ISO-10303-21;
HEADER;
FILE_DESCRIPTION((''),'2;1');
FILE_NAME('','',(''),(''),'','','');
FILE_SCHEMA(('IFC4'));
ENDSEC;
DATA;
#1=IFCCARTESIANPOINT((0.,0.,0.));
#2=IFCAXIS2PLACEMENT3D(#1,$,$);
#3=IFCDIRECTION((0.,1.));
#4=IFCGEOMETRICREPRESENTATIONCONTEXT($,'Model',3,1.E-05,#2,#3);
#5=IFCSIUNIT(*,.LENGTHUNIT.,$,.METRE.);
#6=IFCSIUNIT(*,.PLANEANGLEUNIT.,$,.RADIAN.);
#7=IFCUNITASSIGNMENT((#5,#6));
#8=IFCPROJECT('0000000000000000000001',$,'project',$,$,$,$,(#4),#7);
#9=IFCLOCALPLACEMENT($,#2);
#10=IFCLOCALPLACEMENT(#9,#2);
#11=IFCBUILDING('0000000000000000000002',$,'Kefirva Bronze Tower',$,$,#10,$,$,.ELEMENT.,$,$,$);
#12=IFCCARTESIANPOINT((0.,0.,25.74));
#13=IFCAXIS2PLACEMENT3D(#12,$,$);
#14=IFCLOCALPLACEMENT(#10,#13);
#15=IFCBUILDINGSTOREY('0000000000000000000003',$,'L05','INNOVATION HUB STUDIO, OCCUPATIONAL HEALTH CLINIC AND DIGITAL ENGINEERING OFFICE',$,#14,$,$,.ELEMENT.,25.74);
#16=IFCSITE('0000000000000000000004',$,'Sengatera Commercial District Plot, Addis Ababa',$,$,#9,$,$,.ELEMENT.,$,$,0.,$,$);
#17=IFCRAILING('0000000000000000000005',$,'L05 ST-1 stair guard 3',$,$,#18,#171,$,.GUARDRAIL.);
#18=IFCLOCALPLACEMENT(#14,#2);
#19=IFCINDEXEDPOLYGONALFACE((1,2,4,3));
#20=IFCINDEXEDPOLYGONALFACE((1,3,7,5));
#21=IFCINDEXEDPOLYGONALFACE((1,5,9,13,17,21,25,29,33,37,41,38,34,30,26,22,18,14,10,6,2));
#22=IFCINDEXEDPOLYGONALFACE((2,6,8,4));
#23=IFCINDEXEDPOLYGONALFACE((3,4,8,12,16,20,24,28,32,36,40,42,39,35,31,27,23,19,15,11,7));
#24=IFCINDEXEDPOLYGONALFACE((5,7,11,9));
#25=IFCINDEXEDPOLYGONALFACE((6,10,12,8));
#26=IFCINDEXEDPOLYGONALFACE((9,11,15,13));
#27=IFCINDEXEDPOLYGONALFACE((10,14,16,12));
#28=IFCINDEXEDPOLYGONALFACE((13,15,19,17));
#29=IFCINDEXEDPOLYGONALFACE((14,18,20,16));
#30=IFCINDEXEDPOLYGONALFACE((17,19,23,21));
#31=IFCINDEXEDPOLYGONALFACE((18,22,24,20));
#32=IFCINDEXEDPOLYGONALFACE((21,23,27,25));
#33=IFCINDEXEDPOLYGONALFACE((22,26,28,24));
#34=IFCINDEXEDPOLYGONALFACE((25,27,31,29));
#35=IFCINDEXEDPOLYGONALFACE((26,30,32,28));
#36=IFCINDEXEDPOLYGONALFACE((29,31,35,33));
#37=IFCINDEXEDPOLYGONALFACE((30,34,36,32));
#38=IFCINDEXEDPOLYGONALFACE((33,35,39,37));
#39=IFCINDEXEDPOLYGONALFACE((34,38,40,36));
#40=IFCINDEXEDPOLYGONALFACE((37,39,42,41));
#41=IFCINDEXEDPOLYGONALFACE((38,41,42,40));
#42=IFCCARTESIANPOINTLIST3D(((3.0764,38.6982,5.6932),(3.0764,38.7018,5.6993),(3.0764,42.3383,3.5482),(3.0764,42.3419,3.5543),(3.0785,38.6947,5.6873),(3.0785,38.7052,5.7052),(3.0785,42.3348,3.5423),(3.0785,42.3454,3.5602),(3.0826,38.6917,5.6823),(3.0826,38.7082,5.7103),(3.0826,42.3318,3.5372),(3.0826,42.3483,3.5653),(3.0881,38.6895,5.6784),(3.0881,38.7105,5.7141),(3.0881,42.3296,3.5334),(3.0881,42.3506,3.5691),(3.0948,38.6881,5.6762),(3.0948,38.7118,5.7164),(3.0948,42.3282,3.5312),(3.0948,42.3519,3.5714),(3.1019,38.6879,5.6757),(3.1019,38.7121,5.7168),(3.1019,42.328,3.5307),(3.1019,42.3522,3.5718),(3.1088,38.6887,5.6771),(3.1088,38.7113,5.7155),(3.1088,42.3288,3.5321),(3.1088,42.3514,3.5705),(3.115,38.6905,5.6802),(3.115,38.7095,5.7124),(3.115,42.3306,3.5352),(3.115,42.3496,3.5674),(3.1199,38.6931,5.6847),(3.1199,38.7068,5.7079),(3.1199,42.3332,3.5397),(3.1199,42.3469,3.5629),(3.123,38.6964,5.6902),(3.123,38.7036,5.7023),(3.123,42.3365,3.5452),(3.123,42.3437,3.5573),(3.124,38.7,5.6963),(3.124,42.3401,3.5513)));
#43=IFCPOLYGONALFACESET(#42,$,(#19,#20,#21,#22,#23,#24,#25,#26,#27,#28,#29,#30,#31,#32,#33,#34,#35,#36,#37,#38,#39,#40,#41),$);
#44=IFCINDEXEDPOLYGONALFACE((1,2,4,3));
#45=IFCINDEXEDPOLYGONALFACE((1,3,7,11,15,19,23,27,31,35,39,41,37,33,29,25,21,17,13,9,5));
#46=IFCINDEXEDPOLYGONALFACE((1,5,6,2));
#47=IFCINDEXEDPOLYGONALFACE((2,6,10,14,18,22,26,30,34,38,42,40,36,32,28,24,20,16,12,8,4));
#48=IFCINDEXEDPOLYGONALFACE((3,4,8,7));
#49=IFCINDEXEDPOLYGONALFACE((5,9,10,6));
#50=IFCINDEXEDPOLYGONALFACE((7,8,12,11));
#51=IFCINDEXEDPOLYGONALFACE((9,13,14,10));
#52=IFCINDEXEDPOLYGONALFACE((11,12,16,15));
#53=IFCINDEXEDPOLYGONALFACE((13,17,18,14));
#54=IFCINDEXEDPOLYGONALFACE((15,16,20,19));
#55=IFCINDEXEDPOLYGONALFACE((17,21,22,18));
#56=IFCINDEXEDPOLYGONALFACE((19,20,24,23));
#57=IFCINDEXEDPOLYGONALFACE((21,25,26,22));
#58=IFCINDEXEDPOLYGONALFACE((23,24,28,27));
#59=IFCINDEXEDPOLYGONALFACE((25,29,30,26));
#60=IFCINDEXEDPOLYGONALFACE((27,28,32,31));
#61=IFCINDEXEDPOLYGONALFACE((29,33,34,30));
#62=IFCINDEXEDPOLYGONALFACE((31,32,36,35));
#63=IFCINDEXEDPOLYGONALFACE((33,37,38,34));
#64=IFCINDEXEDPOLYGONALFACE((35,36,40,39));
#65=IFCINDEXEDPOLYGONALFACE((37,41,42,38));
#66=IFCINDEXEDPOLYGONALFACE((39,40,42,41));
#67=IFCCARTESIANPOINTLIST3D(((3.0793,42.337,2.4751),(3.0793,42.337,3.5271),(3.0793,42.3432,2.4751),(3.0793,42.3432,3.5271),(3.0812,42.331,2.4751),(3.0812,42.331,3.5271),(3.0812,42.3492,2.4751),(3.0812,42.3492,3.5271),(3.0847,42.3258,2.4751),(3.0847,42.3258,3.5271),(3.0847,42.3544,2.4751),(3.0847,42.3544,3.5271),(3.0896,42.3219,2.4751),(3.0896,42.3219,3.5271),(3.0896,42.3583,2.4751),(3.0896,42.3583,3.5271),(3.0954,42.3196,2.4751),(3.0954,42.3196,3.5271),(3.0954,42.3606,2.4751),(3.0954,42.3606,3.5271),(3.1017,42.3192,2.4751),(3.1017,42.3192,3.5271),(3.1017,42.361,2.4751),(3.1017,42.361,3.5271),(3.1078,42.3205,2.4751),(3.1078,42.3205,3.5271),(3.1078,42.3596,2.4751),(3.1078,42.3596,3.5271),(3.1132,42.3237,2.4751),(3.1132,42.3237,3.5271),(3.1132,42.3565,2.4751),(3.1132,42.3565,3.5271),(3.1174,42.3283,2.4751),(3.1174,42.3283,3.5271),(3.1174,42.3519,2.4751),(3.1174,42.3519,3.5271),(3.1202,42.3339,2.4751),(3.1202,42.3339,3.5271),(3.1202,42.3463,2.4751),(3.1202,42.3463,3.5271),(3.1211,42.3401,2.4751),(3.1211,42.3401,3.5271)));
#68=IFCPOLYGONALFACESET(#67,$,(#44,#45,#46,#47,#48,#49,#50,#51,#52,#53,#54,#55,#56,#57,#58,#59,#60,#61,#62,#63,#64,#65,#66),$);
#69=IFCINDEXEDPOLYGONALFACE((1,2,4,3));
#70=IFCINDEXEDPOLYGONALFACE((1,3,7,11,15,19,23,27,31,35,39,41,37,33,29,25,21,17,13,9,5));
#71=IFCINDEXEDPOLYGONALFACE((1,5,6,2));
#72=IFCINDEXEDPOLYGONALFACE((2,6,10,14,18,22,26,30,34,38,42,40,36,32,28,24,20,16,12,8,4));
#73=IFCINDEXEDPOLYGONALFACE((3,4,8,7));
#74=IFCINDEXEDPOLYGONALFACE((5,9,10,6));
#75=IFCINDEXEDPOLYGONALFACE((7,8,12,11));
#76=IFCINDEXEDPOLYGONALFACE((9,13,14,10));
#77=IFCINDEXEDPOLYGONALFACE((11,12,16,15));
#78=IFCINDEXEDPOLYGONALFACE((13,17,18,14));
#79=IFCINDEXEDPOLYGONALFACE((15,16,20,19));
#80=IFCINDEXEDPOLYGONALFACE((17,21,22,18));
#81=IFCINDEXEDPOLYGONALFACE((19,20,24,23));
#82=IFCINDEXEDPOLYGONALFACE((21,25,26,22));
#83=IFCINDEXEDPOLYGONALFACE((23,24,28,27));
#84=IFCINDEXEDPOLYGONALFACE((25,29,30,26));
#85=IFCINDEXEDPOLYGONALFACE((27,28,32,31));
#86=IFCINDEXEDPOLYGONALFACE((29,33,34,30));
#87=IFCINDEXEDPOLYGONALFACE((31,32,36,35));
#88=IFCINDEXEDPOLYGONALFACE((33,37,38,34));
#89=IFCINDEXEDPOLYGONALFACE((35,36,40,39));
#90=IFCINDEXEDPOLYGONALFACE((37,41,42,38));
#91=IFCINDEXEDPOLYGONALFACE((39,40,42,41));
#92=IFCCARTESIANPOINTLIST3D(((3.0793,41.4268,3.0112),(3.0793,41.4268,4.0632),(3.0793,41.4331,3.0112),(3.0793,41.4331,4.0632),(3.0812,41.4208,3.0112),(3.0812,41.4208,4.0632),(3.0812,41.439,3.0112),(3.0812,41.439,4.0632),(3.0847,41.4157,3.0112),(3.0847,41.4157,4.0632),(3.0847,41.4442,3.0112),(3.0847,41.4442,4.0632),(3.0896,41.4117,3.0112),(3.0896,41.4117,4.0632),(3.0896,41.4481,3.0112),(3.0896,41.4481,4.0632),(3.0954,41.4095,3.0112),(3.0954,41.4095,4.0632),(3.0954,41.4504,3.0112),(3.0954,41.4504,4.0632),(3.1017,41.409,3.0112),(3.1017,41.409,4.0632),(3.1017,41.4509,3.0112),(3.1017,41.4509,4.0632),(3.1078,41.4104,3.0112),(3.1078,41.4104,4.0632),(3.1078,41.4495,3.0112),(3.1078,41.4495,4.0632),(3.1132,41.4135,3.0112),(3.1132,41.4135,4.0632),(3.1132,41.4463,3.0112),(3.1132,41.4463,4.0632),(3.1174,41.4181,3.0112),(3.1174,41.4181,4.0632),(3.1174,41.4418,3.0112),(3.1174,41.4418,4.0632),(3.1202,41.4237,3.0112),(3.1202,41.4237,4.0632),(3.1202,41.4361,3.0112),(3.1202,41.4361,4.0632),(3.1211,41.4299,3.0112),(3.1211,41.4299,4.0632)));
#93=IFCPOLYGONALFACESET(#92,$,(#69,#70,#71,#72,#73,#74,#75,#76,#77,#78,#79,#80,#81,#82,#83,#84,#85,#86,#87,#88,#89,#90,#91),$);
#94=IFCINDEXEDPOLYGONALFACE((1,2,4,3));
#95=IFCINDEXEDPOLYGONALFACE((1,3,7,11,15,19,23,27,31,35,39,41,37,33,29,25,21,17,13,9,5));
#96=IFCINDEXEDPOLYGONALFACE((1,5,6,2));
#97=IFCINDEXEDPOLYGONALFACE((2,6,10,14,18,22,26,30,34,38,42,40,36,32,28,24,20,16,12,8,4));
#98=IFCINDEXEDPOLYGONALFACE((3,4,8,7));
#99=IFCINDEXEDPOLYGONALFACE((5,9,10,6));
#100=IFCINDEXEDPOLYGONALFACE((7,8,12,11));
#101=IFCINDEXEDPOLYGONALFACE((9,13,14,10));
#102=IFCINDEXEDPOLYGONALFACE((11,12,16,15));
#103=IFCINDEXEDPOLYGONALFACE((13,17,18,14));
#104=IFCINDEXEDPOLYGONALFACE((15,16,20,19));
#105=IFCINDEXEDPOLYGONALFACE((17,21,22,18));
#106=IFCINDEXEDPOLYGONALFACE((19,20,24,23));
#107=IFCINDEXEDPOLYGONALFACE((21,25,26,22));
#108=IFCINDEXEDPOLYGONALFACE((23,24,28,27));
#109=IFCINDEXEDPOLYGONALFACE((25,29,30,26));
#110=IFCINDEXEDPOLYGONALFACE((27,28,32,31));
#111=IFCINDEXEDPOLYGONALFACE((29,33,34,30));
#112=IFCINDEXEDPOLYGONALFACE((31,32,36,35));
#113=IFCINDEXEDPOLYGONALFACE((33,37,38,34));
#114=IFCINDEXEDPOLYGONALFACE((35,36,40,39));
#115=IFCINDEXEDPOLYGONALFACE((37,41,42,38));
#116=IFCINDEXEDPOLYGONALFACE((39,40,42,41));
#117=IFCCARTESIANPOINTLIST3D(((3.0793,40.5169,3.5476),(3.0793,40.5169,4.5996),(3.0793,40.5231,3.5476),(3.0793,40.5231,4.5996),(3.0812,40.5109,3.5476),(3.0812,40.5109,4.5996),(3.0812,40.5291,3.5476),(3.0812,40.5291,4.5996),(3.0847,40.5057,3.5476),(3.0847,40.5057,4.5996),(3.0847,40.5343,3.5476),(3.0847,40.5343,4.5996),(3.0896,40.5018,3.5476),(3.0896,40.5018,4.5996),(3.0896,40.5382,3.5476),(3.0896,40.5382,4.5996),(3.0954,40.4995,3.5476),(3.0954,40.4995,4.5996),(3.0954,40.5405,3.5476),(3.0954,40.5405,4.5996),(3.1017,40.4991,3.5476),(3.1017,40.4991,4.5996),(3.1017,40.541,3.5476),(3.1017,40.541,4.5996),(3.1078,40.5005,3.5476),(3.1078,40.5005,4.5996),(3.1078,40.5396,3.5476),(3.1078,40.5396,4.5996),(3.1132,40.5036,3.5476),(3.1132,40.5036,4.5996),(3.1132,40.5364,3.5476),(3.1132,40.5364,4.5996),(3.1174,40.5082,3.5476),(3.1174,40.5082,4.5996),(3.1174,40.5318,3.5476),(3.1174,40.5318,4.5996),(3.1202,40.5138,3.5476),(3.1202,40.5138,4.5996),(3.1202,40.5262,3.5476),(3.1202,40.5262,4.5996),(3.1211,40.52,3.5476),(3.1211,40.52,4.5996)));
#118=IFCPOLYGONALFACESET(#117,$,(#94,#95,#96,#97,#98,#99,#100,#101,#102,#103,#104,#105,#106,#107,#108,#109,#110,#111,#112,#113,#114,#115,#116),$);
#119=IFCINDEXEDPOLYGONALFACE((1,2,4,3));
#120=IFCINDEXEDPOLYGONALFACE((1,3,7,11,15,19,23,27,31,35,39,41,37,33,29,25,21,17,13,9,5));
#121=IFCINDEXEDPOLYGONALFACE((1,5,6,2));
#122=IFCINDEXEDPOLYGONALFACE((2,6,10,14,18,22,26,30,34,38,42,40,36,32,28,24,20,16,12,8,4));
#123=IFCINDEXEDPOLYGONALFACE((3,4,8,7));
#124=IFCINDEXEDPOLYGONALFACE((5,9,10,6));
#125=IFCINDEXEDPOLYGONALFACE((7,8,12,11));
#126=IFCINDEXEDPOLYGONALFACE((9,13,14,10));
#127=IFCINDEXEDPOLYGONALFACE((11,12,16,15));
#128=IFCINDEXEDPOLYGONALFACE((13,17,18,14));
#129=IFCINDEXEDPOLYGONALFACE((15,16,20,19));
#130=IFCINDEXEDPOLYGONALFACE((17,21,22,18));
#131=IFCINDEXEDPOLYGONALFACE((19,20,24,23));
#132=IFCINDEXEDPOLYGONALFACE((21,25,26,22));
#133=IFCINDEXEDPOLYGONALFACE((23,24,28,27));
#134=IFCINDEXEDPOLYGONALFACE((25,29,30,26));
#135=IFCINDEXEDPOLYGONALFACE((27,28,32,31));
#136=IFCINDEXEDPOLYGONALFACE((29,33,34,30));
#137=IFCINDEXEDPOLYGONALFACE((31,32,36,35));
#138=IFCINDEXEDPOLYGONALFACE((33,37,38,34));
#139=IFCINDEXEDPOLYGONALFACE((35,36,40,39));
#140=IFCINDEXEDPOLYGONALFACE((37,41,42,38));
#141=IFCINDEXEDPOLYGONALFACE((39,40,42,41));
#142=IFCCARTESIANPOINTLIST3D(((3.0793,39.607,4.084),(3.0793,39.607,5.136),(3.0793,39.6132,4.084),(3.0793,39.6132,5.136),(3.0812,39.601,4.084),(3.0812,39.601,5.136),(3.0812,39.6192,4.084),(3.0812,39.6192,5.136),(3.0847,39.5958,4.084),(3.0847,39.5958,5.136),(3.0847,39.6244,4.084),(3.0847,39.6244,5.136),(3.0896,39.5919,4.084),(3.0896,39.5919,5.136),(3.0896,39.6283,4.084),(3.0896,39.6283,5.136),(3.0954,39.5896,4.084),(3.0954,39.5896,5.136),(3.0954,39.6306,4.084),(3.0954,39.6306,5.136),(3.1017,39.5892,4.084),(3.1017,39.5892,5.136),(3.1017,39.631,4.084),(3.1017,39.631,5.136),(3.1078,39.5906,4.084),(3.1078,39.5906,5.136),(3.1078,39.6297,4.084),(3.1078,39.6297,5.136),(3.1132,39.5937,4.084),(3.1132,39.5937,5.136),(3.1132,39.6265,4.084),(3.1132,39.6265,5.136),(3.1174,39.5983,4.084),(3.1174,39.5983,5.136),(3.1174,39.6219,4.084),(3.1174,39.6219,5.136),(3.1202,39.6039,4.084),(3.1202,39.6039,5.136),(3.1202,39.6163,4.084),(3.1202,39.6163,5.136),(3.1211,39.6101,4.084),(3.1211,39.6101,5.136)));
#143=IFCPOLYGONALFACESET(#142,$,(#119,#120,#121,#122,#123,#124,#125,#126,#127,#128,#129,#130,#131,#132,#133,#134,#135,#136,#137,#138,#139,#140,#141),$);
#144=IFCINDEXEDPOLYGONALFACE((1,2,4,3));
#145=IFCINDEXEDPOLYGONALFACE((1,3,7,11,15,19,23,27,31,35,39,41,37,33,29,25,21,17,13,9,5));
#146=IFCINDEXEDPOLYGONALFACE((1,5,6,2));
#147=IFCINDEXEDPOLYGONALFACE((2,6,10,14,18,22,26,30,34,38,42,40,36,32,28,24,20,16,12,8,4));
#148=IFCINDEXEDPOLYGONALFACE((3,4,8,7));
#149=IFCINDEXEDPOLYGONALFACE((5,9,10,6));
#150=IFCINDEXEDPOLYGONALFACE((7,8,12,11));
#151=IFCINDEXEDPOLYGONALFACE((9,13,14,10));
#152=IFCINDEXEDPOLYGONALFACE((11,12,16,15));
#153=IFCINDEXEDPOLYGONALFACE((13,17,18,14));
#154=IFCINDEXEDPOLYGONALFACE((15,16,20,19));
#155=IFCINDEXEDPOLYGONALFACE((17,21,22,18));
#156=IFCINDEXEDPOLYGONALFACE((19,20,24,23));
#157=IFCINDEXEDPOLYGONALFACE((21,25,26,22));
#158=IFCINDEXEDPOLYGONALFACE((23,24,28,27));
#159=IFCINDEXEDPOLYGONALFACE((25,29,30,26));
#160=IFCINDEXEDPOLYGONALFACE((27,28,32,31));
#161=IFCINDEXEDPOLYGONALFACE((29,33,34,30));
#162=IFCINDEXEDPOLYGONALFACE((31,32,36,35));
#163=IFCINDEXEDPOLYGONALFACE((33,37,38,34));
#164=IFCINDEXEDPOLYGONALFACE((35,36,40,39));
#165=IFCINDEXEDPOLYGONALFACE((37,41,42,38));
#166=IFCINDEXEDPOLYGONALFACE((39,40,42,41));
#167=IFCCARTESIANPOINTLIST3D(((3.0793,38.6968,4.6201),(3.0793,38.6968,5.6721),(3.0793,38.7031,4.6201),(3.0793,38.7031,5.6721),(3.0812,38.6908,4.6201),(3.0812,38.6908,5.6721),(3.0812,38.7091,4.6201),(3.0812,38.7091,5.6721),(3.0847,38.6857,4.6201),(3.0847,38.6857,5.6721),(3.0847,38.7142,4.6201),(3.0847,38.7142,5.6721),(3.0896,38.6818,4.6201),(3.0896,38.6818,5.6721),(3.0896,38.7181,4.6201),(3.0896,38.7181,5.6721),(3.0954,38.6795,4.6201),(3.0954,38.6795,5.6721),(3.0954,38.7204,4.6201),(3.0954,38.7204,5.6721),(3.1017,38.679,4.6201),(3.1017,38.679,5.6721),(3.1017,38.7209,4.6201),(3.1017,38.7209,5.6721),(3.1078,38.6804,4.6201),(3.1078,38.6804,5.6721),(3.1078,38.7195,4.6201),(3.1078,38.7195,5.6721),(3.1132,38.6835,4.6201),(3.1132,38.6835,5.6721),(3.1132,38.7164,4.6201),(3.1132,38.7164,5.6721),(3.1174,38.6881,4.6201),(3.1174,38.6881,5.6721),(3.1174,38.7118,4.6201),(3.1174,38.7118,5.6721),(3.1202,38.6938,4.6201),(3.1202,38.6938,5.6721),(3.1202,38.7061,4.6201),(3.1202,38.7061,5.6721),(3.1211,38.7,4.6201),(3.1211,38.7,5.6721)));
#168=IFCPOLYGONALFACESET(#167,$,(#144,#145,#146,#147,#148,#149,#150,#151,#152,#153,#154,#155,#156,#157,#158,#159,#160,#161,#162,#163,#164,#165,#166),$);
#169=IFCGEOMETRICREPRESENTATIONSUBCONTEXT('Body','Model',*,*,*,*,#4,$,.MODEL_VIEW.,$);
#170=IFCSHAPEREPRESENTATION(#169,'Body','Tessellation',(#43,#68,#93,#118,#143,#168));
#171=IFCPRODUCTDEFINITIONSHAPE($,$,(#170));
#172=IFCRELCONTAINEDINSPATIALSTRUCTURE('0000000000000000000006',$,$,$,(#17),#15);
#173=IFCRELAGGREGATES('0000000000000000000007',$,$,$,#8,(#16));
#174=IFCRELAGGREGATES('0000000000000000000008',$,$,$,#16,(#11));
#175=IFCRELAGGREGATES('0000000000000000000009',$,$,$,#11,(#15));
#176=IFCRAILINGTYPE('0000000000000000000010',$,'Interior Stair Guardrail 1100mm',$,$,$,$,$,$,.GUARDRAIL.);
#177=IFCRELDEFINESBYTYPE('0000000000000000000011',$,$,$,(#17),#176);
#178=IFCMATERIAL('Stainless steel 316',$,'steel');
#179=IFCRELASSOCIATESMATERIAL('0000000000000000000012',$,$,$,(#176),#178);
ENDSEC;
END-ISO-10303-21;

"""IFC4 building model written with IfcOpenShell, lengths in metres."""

from ifc_helpers import new_model, si_unit, direction, frame, origin, origin_2d, place, context, subcontext, project, spatial, circle, extrude, material, type_object, element, save


model = new_model("IFC4")

# Units and contexts
model_context = context("Model", 3, precision=1e-05, world=origin(), true_north=direction((0.0, 1.0)))
body_context = subcontext(model_context, "Body", "Model", "MODEL_VIEW")
ifc_project = project(units=[si_unit("LENGTHUNIT", "METRE"), si_unit("PLANEANGLEUNIT", "RADIAN")], contexts=[model_context])

# Site, building, storey
site_placement = place(None, origin())
site = spatial("IfcSite", under=ifc_project, at=site_placement, Name="Sengatera Commercial District Plot, Addis Ababa", CompositionType="ELEMENT", RefElevation=0.0)
building_placement = place(site_placement, origin())
building = spatial("IfcBuilding", under=site, at=building_placement, Name="Kefirva Bronze Tower", CompositionType="ELEMENT")
storey_placement = place(building_placement, frame((0.0, 0.0, 25.74)))
storey = spatial("IfcBuildingStorey", under=building, at=storey_placement, Name="L05", Description="INNOVATION HUB STUDIO, OCCUPATIONAL HEALTH CLINIC AND DIGITAL ENGINEERING OFFICE", CompositionType="ELEMENT", Elevation=25.74)

# Shared definitions
ifc_material_1 = material(Name="Stainless steel 316", Category="steel")

# Railing
railing_type_1 = type_object("IfcRailingType", Name="Interior Stair Guardrail 1100mm", PredefinedType="GUARDRAIL", material=ifc_material_1)
railing_1_placement = place(storey_placement, frame((3.1001, 42.3401, 2.4751)))
element("IfcRailing", 1, at=railing_1_placement, inside=storey, type_object=railing_type_1, Name="L05 ST-1 stair guard 3", PredefinedType="GUARDRAIL", context=body_context, shape_type="SweptSolid", body=[
    extrude(circle(Radius=0.0239, at=origin_2d()), frame((0.0, 0.0, 1.0762), z_axis=(0.0, -0.861545, 0.507682), x_axis=(1.0, 0.0, 0.0)), (0.0, 0.0, 1.0), 4.2251),
    extrude(circle(Radius=0.021, at=origin_2d()), origin(), (0.0, 0.0, 1.0), 1.052),
    extrude(circle(Radius=0.021, at=origin_2d()), frame((0.0, -0.9102, 0.5361)), (0.0, 0.0, 1.0), 1.052),
    extrude(circle(Radius=0.021, at=origin_2d()), frame((0.0, -1.8201, 1.0725)), (0.0, 0.0, 1.0), 1.052),
    extrude(circle(Radius=0.021, at=origin_2d()), frame((0.0, -2.73, 1.6089)), (0.0, 0.0, 1.0), 1.052),
    extrude(circle(Radius=0.021, at=origin_2d()), frame((0.0, -3.6401, 2.145)), (0.0, 0.0, 1.0), 1.052),
])

save(model, "model.ifc")
